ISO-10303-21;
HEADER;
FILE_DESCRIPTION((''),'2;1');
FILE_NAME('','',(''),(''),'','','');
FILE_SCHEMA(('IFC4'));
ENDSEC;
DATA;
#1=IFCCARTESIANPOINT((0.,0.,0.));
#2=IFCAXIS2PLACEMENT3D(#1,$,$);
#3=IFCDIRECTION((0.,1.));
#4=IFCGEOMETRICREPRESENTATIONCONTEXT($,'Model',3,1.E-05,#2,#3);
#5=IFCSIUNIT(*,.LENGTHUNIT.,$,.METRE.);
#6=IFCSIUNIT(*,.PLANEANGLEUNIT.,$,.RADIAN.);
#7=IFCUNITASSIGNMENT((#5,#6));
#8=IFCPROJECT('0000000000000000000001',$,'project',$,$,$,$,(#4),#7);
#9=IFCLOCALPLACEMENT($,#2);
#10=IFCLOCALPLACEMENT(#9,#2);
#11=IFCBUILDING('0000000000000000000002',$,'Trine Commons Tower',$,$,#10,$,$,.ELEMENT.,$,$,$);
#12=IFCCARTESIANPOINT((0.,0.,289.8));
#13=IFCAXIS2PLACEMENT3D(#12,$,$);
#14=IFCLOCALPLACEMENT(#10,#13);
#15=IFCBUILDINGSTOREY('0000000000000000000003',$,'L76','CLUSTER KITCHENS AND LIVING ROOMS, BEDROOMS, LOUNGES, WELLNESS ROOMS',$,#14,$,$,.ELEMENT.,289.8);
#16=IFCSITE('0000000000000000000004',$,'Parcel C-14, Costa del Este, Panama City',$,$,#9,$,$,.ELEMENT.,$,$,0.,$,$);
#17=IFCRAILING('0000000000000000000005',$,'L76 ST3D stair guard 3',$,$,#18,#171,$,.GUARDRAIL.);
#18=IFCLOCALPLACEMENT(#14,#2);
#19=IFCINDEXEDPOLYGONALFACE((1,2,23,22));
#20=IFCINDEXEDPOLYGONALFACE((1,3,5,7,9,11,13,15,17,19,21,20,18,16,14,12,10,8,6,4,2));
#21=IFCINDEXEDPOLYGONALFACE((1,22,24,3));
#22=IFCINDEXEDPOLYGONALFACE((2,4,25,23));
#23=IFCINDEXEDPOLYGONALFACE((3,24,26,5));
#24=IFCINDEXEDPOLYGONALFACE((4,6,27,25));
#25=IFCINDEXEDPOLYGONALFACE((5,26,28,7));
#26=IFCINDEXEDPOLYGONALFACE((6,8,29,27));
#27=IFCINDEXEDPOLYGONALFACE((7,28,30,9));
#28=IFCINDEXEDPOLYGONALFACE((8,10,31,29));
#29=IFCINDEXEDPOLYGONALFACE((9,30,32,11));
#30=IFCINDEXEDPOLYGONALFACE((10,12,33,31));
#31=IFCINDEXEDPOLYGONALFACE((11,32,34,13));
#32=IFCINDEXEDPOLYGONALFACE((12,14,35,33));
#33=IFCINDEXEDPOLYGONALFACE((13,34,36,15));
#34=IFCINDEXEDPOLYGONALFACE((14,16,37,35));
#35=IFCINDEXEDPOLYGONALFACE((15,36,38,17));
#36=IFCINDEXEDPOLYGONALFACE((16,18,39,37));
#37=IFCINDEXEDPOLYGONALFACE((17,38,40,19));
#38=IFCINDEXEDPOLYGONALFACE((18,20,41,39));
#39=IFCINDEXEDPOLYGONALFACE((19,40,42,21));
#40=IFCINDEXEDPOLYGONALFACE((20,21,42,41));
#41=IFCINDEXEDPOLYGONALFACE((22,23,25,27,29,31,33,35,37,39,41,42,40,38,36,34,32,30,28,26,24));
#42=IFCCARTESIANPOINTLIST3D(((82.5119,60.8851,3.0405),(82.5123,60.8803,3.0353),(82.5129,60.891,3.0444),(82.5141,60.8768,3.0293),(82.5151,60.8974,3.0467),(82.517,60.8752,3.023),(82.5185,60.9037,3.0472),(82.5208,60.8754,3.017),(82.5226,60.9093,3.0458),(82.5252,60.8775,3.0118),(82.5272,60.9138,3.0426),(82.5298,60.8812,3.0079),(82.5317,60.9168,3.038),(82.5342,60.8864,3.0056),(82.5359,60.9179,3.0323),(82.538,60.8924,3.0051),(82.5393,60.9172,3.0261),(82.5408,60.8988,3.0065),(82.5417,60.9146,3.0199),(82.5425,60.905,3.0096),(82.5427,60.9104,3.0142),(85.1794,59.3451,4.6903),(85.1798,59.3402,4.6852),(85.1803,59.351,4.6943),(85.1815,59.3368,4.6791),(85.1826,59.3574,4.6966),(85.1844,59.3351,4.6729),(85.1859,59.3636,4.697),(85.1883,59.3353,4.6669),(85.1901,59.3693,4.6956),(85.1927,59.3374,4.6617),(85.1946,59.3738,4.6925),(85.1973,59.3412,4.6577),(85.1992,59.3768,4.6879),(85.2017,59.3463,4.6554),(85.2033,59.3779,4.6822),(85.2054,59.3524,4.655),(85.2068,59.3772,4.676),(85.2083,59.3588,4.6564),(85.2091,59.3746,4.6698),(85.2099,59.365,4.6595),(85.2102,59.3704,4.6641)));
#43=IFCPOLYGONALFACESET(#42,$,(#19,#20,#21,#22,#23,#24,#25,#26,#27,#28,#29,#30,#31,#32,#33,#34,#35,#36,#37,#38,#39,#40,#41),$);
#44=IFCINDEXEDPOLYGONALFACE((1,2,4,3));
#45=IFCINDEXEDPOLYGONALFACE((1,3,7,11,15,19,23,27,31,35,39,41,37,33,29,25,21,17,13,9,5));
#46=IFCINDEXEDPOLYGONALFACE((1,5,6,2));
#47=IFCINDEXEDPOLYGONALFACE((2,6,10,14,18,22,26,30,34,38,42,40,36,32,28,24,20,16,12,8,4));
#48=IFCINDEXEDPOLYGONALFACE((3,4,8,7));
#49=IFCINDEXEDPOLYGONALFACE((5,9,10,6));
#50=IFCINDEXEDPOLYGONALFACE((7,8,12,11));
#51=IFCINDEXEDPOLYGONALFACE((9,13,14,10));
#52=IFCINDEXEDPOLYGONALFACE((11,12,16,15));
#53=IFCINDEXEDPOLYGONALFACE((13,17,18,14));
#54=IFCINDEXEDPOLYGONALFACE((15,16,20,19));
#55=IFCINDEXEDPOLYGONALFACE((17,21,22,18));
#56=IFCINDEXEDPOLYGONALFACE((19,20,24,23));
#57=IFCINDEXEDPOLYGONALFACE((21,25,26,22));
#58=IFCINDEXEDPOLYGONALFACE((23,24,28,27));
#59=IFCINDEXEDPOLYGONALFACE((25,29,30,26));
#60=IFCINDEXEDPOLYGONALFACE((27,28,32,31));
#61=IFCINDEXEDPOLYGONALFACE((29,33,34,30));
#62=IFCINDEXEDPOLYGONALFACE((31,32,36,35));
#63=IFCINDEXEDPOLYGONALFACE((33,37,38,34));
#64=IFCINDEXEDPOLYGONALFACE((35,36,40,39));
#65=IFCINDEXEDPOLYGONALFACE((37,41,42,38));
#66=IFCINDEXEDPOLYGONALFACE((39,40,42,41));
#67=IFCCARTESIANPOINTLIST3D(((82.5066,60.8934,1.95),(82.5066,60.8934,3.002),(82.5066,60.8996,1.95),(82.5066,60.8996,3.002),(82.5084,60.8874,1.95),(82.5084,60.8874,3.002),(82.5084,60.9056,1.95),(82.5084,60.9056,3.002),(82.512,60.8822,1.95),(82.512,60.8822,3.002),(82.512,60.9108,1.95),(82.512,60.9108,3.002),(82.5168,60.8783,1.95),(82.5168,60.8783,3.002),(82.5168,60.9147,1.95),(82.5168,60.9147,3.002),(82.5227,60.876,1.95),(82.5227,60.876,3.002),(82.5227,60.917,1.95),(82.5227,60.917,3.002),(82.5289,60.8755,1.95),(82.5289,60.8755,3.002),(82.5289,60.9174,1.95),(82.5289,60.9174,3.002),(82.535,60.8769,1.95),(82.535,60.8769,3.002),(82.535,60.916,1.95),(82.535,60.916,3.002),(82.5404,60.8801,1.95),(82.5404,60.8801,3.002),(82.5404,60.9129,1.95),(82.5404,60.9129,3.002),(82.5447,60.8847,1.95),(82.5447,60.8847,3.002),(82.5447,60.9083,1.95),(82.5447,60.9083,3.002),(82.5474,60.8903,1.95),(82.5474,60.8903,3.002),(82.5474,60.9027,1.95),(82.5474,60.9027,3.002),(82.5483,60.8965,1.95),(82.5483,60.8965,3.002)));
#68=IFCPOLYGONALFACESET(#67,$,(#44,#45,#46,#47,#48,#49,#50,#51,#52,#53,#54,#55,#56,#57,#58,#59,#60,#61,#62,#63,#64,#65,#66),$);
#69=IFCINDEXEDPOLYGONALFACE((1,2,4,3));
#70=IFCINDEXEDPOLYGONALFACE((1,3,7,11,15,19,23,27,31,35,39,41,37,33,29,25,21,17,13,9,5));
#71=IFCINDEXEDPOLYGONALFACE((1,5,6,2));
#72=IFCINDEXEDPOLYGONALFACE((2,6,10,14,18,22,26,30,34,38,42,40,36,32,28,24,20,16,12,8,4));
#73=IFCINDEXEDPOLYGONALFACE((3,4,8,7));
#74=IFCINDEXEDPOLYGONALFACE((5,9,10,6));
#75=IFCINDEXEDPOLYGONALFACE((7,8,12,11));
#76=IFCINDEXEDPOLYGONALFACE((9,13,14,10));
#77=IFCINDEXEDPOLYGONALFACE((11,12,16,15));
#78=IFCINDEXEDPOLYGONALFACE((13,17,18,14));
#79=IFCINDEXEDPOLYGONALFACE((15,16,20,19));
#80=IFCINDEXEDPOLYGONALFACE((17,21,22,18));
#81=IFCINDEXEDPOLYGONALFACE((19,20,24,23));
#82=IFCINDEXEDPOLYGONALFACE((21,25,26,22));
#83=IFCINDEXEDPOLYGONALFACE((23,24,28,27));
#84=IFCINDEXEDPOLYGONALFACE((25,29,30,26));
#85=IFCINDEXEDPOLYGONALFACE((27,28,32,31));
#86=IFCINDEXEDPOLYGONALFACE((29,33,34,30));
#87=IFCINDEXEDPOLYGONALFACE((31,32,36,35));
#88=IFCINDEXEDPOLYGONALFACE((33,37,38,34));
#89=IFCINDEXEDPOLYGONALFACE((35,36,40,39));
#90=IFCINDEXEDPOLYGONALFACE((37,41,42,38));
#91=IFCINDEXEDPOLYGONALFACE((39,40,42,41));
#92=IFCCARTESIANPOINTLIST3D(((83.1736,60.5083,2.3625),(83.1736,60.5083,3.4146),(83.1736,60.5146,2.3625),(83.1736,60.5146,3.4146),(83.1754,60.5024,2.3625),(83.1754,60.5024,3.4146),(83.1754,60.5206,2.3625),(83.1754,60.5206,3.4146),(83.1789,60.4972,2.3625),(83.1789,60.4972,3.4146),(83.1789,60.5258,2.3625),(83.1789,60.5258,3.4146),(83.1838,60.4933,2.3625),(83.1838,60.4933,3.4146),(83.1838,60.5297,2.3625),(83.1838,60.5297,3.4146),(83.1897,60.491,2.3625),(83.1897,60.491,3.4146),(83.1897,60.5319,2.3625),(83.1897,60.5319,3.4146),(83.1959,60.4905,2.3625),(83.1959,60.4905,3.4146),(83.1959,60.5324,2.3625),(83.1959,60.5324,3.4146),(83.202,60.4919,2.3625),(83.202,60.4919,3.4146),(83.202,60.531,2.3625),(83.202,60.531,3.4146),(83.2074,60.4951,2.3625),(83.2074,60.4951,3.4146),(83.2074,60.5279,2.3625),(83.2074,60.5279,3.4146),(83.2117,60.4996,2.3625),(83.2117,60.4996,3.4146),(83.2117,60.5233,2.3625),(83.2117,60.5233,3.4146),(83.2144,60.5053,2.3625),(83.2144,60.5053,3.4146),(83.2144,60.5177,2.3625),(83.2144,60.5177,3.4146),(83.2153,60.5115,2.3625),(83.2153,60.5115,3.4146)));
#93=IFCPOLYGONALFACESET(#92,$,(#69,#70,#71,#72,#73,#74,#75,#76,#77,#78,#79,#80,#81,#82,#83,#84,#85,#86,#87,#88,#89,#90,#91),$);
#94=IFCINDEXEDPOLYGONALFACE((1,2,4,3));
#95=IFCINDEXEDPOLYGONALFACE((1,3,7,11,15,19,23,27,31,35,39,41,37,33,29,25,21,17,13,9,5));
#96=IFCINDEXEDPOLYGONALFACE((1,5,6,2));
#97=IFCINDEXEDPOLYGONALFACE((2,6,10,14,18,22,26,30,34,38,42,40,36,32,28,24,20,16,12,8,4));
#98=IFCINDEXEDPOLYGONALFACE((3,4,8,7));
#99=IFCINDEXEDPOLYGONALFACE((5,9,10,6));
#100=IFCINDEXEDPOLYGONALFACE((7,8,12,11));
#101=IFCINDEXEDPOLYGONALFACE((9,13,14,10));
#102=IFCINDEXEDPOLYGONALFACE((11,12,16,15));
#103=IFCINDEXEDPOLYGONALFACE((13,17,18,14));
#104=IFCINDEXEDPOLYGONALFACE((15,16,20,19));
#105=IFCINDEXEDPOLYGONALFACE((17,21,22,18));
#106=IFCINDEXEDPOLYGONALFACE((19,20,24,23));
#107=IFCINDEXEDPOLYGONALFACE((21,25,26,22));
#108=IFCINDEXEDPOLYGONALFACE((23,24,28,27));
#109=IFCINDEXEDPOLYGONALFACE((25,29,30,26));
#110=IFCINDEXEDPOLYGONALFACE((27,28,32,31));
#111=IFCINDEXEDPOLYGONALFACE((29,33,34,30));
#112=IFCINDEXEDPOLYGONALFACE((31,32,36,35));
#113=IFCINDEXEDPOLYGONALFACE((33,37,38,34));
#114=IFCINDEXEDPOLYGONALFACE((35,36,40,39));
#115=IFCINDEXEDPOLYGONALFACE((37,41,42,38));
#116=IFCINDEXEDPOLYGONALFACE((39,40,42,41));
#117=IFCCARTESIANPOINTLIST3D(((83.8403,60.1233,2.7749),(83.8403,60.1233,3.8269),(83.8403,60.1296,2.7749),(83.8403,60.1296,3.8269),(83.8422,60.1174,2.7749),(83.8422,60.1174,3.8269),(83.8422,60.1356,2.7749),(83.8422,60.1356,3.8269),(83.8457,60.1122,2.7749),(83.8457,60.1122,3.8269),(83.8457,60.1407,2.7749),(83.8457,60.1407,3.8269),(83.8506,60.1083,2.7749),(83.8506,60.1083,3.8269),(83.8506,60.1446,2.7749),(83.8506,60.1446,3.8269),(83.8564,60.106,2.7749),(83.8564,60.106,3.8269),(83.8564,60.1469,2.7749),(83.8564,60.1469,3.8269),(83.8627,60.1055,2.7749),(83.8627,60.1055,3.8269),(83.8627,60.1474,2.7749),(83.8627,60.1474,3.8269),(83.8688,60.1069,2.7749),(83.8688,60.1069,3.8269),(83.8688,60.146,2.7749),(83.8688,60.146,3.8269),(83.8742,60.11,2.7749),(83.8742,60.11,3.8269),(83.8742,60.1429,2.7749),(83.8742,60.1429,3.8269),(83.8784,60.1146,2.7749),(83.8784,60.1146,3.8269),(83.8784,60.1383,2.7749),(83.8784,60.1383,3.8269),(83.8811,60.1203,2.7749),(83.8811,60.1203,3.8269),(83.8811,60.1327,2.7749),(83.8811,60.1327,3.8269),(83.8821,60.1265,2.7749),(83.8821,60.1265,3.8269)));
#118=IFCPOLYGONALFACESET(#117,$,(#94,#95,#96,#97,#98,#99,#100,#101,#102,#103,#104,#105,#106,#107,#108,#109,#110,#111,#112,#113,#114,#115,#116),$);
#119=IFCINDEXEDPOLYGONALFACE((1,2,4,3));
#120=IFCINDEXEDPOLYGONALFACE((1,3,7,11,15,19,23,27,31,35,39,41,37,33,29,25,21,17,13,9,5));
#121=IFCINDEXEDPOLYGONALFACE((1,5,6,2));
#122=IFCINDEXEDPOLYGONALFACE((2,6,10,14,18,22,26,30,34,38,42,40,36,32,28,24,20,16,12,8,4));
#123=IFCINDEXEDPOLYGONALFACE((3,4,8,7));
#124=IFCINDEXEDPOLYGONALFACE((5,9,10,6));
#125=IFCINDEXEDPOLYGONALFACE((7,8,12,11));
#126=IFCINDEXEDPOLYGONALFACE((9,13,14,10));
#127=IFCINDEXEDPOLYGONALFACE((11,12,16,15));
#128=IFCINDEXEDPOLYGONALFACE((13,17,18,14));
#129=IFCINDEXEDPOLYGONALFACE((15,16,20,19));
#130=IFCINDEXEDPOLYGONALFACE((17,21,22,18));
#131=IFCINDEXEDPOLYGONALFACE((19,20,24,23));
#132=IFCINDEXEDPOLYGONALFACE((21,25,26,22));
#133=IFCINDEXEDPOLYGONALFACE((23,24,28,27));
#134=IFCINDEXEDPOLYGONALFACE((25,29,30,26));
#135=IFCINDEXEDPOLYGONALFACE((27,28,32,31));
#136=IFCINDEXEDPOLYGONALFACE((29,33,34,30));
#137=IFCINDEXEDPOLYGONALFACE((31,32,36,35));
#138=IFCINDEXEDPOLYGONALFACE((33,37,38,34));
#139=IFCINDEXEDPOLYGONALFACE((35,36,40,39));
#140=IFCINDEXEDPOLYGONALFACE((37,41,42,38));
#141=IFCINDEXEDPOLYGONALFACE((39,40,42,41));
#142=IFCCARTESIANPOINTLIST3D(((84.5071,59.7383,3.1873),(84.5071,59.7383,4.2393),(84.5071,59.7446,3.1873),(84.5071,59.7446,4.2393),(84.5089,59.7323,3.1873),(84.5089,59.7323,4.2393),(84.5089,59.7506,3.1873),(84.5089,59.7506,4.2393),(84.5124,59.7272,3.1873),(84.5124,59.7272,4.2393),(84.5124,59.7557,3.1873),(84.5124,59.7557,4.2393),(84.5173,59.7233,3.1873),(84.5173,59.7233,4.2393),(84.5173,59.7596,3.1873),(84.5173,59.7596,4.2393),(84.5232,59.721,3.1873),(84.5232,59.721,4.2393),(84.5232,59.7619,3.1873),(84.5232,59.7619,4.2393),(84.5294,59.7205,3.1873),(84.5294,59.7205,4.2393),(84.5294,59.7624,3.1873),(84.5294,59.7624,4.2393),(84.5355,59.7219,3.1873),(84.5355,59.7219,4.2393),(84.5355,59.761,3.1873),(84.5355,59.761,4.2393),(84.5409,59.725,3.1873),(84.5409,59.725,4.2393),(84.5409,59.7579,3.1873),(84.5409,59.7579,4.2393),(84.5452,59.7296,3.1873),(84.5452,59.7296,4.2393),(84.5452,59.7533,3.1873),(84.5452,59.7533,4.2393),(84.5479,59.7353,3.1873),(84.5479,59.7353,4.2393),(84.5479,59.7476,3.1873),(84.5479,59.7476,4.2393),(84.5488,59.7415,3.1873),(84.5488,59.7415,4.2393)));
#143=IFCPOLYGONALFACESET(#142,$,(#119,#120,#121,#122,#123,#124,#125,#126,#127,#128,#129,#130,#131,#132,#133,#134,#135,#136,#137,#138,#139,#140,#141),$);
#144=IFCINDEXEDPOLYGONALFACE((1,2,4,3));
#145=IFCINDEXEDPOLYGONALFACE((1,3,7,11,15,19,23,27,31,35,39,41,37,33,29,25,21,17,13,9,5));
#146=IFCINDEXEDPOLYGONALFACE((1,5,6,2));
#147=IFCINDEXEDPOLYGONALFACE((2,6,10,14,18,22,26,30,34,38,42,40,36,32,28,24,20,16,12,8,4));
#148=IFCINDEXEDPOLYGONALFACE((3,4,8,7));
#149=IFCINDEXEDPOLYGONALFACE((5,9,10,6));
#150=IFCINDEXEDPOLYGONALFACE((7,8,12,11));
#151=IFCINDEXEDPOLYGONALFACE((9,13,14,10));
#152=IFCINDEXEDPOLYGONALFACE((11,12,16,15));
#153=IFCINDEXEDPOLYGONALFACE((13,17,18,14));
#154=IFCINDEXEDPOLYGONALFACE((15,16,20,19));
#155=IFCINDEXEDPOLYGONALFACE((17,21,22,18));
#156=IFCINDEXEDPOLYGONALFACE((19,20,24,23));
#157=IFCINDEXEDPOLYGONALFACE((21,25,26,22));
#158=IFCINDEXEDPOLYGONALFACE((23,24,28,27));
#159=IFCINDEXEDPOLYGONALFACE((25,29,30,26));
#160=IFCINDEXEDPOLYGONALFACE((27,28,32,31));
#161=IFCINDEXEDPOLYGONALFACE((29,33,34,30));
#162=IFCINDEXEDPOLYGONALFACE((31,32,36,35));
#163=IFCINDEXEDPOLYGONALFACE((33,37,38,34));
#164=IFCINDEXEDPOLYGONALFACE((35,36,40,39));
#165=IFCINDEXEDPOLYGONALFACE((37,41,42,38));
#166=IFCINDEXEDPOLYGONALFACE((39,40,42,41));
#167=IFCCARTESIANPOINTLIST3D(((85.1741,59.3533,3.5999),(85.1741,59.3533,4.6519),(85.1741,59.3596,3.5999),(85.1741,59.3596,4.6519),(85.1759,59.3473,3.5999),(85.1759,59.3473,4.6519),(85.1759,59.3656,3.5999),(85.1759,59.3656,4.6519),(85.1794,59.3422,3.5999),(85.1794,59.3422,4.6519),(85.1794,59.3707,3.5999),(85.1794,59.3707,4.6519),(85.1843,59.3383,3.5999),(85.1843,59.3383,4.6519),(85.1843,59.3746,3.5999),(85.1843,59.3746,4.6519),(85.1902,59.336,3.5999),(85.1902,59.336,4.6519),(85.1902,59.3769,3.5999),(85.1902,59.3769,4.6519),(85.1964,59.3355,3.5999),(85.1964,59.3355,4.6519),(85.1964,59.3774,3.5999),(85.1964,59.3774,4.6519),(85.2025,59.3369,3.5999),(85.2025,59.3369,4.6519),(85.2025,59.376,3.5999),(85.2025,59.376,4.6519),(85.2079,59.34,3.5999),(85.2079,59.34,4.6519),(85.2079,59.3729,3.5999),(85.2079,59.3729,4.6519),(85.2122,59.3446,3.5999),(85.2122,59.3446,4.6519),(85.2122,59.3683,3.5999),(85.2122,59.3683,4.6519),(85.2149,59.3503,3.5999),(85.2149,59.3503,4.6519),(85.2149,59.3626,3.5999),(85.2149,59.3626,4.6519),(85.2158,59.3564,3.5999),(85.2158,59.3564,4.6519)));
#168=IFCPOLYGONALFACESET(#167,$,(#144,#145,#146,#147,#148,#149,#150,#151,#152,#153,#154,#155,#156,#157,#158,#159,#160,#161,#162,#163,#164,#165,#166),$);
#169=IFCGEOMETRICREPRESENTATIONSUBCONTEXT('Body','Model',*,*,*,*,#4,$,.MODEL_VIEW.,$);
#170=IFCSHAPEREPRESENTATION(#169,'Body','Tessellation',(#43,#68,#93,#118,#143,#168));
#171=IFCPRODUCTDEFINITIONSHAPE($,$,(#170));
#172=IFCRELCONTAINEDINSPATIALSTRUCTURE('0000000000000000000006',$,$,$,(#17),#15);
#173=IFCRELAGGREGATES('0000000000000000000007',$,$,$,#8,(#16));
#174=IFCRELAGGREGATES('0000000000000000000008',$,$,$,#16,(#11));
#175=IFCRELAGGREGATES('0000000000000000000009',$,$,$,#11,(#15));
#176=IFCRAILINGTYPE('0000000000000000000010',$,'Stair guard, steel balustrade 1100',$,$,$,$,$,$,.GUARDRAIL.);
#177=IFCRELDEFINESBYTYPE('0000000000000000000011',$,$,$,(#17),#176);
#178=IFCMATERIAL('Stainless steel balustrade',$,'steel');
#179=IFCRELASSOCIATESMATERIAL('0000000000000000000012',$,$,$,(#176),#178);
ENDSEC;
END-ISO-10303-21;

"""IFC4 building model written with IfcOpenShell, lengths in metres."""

from ifc_helpers import new_model, si_unit, direction, frame, origin, origin_2d, place, context, subcontext, project, spatial, circle, extrude, material, type_object, element, save


model = new_model("IFC4")

# Units and contexts
model_context = context("Model", 3, precision=1e-05, world=origin(), true_north=direction((0.0, 1.0)))
body_context = subcontext(model_context, "Body", "Model", "MODEL_VIEW")
ifc_project = project(units=[si_unit("LENGTHUNIT", "METRE"), si_unit("PLANEANGLEUNIT", "RADIAN")], contexts=[model_context])

# Site, building, storey
site_placement = place(None, origin())
site = spatial("IfcSite", under=ifc_project, at=site_placement, Name="Parcel C-14, Costa del Este, Panama City", CompositionType="ELEMENT", RefElevation=0.0)
building_placement = place(site_placement, origin())
building = spatial("IfcBuilding", under=site, at=building_placement, Name="Trine Commons Tower", CompositionType="ELEMENT")
storey_placement = place(building_placement, frame((0.0, 0.0, 289.8)))
storey = spatial("IfcBuildingStorey", under=building, at=storey_placement, Name="L76", Description="CLUSTER KITCHENS AND LIVING ROOMS, BEDROOMS, LOUNGES, WELLNESS ROOMS", CompositionType="ELEMENT", Elevation=289.8)

# Railing
ifc_material_1 = material(Name="Stainless steel balustrade", Category="steel")
railing_type_1 = type_object("IfcRailingType", Name="Stair guard, steel balustrade 1100", PredefinedType="GUARDRAIL", material=ifc_material_1)
railing_1_placement = place(storey_placement, frame((82.5273, 60.8965, 1.95)))
element("IfcRailing", 1, at=railing_1_placement, inside=storey, type_object=railing_type_1, Name="L76 ST3D stair guard 3", PredefinedType="GUARDRAIL", context=body_context, shape_type="SweptSolid", body=[
    extrude(circle(Radius=0.0239, at=origin_2d()), frame((0.0, 0.0, 1.0762), z_axis=(0.763405, -0.440743, 0.472185), x_axis=(0.499992, 0.86603, 0.0)), (0.0, 0.0, 1.0), 3.4941),
    extrude(circle(Radius=0.021, at=origin_2d()), origin(), (0.0, 0.0, 1.0), 1.052),
    extrude(circle(Radius=0.021, at=origin_2d()), frame((0.667, -0.385, 0.4126)), (0.0, 0.0, 1.0), 1.052),
    extrude(circle(Radius=0.021, at=origin_2d()), frame((1.3337, -0.77, 0.825)), (0.0, 0.0, 1.0), 1.052),
    extrude(circle(Radius=0.021, at=origin_2d()), frame((2.0005, -1.155, 1.2373)), (0.0, 0.0, 1.0), 1.052),
    extrude(circle(Radius=0.021, at=origin_2d()), frame((2.6675, -1.54, 1.6499)), (0.0, 0.0, 1.0), 1.052),
])

save(model, "model.ifc")
